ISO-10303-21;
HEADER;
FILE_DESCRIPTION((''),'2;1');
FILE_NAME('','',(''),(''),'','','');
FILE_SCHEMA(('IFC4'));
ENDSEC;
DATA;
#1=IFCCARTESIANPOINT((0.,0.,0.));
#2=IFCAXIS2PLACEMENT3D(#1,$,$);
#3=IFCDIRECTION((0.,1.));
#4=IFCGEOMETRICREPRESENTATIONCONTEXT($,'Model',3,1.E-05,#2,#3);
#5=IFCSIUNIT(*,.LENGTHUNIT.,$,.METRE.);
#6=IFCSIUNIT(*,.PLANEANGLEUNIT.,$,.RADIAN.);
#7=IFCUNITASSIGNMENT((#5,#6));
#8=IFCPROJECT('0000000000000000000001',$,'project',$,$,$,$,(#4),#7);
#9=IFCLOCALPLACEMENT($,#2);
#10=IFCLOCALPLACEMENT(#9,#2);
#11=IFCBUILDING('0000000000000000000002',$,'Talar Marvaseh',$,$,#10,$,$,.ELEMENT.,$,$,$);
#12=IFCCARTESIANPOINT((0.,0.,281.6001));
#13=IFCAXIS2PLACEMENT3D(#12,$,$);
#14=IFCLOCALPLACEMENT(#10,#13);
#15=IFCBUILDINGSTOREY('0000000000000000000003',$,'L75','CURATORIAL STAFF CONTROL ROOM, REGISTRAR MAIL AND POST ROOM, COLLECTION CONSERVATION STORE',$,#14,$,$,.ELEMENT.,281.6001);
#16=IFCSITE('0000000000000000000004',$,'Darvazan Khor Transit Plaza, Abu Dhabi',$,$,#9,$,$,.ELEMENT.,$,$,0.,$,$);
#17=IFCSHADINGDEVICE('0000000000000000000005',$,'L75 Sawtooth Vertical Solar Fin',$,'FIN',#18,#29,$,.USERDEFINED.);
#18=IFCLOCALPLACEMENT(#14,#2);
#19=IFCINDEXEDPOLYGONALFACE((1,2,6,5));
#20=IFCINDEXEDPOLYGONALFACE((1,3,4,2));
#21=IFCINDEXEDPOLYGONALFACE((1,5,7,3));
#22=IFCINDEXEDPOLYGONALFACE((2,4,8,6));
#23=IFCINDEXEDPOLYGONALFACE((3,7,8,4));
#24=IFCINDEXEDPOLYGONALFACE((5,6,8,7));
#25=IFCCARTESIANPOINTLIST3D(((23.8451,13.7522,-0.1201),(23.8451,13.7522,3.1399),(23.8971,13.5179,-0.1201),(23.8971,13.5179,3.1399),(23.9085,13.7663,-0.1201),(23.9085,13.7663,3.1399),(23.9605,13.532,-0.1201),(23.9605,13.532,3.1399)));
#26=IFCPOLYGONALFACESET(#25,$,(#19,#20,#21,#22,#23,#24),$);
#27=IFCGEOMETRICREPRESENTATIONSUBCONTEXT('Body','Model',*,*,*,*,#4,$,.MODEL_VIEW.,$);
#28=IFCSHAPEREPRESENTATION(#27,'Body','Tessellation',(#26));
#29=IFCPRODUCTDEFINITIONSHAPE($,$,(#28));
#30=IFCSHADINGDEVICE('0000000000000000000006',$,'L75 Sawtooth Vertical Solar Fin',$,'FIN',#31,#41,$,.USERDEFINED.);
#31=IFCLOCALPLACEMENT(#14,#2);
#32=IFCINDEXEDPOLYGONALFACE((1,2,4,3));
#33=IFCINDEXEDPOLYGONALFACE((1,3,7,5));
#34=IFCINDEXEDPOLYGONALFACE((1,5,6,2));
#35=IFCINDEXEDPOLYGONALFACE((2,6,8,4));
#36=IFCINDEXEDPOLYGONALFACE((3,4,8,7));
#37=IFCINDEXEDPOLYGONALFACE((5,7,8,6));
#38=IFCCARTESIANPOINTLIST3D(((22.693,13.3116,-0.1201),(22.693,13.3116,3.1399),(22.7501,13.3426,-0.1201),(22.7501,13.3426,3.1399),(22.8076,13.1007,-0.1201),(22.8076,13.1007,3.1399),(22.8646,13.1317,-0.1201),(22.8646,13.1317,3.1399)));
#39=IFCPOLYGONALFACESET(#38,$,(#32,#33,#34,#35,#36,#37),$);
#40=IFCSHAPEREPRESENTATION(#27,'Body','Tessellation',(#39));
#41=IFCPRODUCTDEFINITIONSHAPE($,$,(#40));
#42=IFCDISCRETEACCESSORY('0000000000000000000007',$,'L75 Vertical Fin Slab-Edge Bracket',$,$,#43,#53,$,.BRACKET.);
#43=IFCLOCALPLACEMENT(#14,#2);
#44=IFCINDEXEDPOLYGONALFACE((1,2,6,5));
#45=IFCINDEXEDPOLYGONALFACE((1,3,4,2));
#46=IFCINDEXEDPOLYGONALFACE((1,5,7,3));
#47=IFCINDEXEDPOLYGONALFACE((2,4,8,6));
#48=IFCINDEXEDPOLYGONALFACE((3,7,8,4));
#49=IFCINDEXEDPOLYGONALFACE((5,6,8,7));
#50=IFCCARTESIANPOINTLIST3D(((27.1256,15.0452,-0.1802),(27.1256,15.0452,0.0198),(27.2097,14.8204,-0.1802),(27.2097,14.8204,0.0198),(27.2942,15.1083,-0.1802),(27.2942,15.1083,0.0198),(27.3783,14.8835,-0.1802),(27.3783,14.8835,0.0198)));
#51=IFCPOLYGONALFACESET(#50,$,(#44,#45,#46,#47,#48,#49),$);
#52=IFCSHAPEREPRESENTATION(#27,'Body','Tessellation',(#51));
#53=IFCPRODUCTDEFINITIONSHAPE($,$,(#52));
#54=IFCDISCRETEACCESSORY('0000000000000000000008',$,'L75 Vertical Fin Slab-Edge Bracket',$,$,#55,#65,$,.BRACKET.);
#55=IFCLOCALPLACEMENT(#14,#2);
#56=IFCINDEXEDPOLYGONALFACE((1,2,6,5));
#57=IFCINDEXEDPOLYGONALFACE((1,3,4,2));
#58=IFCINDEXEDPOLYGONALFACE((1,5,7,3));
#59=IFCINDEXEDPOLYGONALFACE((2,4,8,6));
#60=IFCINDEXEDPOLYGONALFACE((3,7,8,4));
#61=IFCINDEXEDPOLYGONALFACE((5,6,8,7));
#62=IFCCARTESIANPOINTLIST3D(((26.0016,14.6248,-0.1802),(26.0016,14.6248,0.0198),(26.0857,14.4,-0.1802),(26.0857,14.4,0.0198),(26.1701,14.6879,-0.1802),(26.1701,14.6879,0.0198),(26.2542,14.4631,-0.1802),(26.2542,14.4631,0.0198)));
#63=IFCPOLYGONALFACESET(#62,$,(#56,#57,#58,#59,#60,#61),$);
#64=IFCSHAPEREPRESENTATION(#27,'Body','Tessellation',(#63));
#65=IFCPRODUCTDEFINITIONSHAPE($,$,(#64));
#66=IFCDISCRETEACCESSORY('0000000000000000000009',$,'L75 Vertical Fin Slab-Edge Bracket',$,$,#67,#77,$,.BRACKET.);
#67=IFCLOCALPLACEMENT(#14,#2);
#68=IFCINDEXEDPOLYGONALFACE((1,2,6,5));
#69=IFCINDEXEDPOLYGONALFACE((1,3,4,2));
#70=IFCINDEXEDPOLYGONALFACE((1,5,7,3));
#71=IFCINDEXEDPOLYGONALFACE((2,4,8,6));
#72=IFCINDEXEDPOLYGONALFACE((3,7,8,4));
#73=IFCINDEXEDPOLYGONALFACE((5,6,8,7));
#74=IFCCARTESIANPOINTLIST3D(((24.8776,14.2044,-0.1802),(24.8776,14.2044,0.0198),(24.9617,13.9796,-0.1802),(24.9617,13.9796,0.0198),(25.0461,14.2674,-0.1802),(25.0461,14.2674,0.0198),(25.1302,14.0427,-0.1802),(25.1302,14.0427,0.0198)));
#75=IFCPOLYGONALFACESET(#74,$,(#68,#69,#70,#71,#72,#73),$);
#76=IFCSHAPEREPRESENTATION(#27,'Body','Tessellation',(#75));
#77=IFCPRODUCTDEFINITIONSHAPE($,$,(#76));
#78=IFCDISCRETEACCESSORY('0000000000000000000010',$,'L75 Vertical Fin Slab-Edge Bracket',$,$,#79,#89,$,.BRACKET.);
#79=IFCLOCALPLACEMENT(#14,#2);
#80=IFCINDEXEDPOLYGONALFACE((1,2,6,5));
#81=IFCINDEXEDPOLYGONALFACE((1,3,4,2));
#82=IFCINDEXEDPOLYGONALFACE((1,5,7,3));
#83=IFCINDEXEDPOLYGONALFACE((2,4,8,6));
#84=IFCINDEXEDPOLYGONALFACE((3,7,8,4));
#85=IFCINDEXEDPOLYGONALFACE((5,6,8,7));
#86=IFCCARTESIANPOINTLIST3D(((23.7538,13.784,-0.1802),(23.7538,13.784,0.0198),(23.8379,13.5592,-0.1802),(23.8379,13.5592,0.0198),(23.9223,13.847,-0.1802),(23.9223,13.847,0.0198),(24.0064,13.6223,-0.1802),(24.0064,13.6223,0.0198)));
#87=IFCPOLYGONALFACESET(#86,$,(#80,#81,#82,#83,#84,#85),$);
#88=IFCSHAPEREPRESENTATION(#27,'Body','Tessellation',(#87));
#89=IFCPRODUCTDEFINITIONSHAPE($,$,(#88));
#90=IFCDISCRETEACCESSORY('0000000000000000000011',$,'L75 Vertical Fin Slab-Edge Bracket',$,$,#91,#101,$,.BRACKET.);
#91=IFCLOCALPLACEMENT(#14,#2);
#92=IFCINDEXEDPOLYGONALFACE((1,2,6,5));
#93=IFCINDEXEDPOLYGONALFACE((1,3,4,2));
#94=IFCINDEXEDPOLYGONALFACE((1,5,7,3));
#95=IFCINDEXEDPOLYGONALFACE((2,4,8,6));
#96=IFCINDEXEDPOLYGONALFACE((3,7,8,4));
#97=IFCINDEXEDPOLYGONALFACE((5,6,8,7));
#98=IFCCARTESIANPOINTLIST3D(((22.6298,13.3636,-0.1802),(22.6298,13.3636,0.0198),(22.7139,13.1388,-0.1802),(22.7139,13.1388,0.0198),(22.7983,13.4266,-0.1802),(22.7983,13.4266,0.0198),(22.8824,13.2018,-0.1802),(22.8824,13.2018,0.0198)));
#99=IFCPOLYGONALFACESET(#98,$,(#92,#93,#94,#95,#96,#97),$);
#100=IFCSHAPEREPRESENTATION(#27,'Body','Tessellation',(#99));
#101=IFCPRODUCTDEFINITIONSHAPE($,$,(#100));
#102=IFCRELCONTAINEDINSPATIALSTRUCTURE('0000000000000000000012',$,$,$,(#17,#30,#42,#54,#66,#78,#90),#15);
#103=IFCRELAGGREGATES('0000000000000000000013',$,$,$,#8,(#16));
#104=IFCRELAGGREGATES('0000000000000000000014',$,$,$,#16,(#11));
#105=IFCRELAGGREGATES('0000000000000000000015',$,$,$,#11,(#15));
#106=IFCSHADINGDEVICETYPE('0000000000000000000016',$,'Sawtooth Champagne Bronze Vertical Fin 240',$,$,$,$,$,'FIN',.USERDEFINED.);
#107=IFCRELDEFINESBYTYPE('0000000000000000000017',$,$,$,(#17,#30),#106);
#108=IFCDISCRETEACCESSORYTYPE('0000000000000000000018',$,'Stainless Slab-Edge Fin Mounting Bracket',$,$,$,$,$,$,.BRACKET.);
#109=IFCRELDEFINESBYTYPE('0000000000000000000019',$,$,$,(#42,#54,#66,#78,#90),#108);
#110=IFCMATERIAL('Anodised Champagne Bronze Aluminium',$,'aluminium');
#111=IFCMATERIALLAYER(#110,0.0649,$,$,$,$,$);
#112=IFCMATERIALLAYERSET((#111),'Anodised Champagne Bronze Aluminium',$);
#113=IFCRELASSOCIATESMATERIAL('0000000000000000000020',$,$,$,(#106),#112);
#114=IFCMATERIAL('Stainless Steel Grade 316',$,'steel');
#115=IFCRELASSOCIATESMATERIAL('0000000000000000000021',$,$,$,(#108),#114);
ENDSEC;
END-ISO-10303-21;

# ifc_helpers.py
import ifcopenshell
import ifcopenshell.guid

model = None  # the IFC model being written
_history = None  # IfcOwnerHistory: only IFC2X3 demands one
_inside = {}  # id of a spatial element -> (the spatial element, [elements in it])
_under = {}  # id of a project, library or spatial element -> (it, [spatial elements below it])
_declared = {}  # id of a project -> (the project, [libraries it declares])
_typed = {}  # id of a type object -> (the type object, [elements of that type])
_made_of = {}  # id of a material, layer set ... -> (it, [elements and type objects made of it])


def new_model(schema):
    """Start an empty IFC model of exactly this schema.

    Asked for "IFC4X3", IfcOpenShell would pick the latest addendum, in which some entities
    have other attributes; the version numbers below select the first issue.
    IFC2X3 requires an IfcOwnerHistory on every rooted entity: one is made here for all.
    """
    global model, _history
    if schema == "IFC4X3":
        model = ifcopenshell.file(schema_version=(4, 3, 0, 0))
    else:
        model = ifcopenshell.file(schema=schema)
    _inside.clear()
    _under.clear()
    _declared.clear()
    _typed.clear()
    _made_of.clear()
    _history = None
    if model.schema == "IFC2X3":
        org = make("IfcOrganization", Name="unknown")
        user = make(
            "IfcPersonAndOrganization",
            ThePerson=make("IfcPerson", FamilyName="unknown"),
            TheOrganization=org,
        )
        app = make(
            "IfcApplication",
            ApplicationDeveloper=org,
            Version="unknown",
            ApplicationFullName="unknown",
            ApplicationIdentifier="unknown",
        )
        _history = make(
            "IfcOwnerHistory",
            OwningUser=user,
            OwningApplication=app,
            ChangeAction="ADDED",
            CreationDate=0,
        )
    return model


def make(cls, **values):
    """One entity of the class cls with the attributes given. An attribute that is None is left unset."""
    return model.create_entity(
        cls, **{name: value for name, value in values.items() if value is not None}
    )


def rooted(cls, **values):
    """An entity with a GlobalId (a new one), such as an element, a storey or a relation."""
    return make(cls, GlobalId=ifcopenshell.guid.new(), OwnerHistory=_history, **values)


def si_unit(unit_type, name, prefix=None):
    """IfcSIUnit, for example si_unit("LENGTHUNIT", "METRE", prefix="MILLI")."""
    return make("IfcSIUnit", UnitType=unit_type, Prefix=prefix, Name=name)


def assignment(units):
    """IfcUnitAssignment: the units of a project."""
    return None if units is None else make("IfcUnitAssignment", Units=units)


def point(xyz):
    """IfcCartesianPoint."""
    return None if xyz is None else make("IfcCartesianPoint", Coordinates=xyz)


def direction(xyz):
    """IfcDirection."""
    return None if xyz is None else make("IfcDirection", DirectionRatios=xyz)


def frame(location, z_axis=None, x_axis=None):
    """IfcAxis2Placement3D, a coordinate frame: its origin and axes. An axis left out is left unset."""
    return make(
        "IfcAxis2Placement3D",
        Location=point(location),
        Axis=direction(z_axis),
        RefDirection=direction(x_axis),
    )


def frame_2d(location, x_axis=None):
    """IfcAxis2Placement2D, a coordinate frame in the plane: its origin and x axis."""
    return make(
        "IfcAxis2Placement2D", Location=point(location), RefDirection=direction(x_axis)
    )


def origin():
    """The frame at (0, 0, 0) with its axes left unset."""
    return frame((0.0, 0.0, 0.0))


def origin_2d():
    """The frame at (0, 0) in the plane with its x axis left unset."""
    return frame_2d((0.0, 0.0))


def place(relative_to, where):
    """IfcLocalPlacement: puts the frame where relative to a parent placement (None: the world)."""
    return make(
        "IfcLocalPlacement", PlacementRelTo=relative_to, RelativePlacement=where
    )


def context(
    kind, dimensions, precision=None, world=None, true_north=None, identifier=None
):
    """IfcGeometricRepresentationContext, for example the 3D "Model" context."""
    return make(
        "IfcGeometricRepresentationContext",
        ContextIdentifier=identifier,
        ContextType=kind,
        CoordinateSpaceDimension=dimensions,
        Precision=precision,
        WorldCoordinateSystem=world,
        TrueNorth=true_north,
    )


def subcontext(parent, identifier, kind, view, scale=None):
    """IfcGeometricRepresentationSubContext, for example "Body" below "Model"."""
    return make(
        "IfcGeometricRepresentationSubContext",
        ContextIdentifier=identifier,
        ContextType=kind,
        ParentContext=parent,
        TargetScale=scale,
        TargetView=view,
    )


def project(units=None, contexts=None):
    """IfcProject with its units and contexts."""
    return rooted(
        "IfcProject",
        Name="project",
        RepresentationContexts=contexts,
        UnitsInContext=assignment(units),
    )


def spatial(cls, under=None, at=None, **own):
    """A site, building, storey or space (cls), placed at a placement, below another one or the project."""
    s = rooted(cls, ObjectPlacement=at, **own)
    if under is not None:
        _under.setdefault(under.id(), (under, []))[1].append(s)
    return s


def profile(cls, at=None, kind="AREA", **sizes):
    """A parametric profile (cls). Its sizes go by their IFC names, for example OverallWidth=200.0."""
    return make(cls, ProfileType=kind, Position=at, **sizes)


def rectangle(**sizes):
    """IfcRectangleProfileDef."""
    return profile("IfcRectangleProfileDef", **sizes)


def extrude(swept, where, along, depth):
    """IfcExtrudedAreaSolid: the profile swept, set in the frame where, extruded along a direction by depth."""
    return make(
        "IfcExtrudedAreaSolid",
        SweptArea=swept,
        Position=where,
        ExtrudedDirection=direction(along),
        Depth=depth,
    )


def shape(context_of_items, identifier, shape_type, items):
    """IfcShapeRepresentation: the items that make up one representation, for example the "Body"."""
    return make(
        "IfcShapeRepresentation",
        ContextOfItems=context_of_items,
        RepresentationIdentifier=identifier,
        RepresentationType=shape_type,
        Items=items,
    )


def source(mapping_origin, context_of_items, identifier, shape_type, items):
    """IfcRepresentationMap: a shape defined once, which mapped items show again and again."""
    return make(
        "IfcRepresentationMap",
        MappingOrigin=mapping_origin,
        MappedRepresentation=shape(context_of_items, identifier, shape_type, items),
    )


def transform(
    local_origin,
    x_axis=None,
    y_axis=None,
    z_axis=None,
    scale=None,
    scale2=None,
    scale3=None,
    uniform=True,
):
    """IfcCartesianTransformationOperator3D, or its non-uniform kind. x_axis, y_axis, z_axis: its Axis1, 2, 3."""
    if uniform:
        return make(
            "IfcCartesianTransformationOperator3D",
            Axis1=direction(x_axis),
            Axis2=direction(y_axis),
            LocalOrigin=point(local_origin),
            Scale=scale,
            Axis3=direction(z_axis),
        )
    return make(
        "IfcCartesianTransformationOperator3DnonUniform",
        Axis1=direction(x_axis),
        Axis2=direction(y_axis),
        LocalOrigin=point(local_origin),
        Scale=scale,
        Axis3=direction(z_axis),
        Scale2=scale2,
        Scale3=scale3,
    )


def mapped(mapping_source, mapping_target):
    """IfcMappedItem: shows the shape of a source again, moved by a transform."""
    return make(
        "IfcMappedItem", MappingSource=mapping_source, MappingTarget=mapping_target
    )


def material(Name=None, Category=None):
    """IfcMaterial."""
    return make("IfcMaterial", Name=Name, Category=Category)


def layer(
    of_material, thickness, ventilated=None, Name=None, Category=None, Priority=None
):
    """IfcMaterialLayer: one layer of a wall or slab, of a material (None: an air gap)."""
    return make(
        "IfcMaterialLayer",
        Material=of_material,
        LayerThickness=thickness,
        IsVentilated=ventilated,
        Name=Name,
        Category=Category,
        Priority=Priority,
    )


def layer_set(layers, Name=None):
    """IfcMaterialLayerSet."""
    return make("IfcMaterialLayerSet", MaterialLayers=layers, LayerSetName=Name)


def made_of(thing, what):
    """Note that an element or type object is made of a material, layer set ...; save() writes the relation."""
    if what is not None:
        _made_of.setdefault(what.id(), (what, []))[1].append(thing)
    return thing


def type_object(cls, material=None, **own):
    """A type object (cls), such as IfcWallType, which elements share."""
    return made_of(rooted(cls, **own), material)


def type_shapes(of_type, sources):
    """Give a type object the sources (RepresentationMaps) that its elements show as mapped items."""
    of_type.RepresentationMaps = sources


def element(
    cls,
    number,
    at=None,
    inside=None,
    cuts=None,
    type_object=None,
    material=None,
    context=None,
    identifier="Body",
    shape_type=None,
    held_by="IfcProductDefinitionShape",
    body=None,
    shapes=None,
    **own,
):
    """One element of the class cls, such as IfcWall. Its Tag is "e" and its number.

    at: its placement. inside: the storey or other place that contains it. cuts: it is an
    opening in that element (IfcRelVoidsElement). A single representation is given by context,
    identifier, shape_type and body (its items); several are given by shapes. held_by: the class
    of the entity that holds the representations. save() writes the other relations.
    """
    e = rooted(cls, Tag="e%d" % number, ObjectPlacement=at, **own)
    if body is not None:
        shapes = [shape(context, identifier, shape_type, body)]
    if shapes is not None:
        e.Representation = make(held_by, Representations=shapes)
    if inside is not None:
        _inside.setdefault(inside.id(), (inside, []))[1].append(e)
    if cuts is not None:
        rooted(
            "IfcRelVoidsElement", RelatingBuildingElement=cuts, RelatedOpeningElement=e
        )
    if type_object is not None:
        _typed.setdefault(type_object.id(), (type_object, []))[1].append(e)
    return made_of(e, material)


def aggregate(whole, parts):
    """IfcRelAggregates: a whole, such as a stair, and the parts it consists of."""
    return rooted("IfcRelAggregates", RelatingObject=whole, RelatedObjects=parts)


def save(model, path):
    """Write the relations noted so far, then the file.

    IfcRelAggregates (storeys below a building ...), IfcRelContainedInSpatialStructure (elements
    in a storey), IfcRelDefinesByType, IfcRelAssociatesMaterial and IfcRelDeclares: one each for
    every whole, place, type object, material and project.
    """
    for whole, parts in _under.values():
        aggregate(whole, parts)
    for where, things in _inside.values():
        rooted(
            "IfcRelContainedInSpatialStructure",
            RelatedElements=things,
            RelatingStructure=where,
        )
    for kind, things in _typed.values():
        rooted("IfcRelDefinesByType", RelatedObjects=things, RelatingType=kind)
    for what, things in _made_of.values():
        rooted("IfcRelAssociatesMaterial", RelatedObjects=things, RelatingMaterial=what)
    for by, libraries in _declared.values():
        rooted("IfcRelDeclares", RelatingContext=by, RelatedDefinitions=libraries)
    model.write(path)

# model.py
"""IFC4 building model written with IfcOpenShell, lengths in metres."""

from ifc_helpers import new_model, si_unit, direction, frame, origin, origin_2d, place, context, subcontext, project, spatial, rectangle, extrude, source, transform, mapped, material, layer, layer_set, type_object, type_shapes, element, save


model = new_model("IFC4")

# Units and contexts
model_context = context("Model", 3, precision=1e-05, world=origin(), true_north=direction((0.0, 1.0)))
body_context = subcontext(model_context, "Body", "Model", "MODEL_VIEW")
ifc_project = project(units=[si_unit("LENGTHUNIT", "METRE"), si_unit("PLANEANGLEUNIT", "RADIAN")], contexts=[model_context])

# Site, building, storey
site_placement = place(None, origin())
site = spatial("IfcSite", under=ifc_project, at=site_placement, Name="Darvazan Khor Transit Plaza, Abu Dhabi", CompositionType="ELEMENT", RefElevation=0.0)
building_placement = place(site_placement, origin())
building = spatial("IfcBuilding", under=site, at=building_placement, Name="Talar Marvaseh", CompositionType="ELEMENT")
storey_placement = place(building_placement, frame((0.0, 0.0, 281.6001)))
storey = spatial("IfcBuildingStorey", under=building, at=storey_placement, Name="L75", Description="CURATORIAL STAFF CONTROL ROOM, REGISTRAR MAIL AND POST ROOM, COLLECTION CONSERVATION STORE", CompositionType="ELEMENT", Elevation=281.6001)

# Shading devices
ifc_material_1 = material(Name="Anodised Champagne Bronze Aluminium", Category="aluminium")
ifc_layer_1 = layer(ifc_material_1, 0.0649)
ifc_layer_set_1 = layer_set([ifc_layer_1], Name="Anodised Champagne Bronze Aluminium")
shading_device_type = type_object("IfcShadingDeviceType", Name="Sawtooth Champagne Bronze Vertical Fin 240", ElementType="FIN", PredefinedType="USERDEFINED", material=ifc_layer_set_1)
shared_shape_1 = source(origin(), body_context, "Body", "SweptSolid", [
    extrude(rectangle(XDim=0.24, YDim=0.0649, at=origin_2d()), origin(), (0.0, 0.0, 1.0), 3.26),
])
type_shapes(shading_device_type, [shared_shape_1])
for number, where, z_axis, x_axis, name in (
    (1, (23.9028, 13.6421, -0.1201), (0.0, 0.0, 1.0), (0.21661, -0.976258, 0.0), "L75 Sawtooth Vertical Solar Fin"),
    (2, (22.7788, 13.2217, -0.1201), (0.0, 0.0, 1.0), (0.477312, -0.878734, 0.0), "L75 Sawtooth Vertical Solar Fin"),
):
    element("IfcShadingDevice", number, at=place(storey_placement, frame(where, z_axis=z_axis, x_axis=x_axis)), inside=storey, type_object=shading_device_type, Name=name, ObjectType="FIN", PredefinedType="USERDEFINED", context=body_context, shape_type="MappedRepresentation", body=[
        mapped(shared_shape_1, transform((0.0, 0.0, 0.0), x_axis=(1.0, 0.0, 0.0), y_axis=(0.0, 1.0, 0.0), z_axis=(0.0, 0.0, 1.0), scale=1.0)),
    ])

# Discrete accessories
ifc_material_2 = material(Name="Stainless Steel Grade 316", Category="steel")
discrete_accessory_type = type_object("IfcDiscreteAccessoryType", Name="Stainless Slab-Edge Fin Mounting Bracket", PredefinedType="BRACKET", material=ifc_material_2)
shared_shape_2 = source(origin(), body_context, "Body", "SweptSolid", [
    extrude(rectangle(XDim=0.24, YDim=0.1799, at=origin_2d()), origin(), (0.0, 0.0, 1.0), 0.2),
])
type_shapes(discrete_accessory_type, [shared_shape_2])
for number, where, z_axis, x_axis, name in (
    (3, (27.252, 14.9644, -0.1802), (0.0, 0.0, 1.0), (0.350371, -0.936611, 0.0), "L75 Vertical Fin Slab-Edge Bracket"),
    (4, (26.1279, 14.5439, -0.1802), (0.0, 0.0, 1.0), (0.350371, -0.936611, 0.0), "L75 Vertical Fin Slab-Edge Bracket"),
    (5, (25.0039, 14.1235, -0.1802), (0.0, 0.0, 1.0), (0.350371, -0.936611, 0.0), "L75 Vertical Fin Slab-Edge Bracket"),
    (6, (23.8801, 13.7031, -0.1802), (0.0, 0.0, 1.0), (0.350371, -0.936611, 0.0), "L75 Vertical Fin Slab-Edge Bracket"),
    (7, (22.7561, 13.2827, -0.1802), (0.0, 0.0, 1.0), (0.350371, -0.936611, 0.0), "L75 Vertical Fin Slab-Edge Bracket"),
):
    element("IfcDiscreteAccessory", number, at=place(storey_placement, frame(where, z_axis=z_axis, x_axis=x_axis)), inside=storey, type_object=discrete_accessory_type, Name=name, PredefinedType="BRACKET", context=body_context, shape_type="MappedRepresentation", body=[
        mapped(shared_shape_2, transform((0.0, 0.0, 0.0), x_axis=(1.0, 0.0, 0.0), y_axis=(0.0, 1.0, 0.0), z_axis=(0.0, 0.0, 1.0), scale=1.0)),
    ])

save(model, "model.ifc")
